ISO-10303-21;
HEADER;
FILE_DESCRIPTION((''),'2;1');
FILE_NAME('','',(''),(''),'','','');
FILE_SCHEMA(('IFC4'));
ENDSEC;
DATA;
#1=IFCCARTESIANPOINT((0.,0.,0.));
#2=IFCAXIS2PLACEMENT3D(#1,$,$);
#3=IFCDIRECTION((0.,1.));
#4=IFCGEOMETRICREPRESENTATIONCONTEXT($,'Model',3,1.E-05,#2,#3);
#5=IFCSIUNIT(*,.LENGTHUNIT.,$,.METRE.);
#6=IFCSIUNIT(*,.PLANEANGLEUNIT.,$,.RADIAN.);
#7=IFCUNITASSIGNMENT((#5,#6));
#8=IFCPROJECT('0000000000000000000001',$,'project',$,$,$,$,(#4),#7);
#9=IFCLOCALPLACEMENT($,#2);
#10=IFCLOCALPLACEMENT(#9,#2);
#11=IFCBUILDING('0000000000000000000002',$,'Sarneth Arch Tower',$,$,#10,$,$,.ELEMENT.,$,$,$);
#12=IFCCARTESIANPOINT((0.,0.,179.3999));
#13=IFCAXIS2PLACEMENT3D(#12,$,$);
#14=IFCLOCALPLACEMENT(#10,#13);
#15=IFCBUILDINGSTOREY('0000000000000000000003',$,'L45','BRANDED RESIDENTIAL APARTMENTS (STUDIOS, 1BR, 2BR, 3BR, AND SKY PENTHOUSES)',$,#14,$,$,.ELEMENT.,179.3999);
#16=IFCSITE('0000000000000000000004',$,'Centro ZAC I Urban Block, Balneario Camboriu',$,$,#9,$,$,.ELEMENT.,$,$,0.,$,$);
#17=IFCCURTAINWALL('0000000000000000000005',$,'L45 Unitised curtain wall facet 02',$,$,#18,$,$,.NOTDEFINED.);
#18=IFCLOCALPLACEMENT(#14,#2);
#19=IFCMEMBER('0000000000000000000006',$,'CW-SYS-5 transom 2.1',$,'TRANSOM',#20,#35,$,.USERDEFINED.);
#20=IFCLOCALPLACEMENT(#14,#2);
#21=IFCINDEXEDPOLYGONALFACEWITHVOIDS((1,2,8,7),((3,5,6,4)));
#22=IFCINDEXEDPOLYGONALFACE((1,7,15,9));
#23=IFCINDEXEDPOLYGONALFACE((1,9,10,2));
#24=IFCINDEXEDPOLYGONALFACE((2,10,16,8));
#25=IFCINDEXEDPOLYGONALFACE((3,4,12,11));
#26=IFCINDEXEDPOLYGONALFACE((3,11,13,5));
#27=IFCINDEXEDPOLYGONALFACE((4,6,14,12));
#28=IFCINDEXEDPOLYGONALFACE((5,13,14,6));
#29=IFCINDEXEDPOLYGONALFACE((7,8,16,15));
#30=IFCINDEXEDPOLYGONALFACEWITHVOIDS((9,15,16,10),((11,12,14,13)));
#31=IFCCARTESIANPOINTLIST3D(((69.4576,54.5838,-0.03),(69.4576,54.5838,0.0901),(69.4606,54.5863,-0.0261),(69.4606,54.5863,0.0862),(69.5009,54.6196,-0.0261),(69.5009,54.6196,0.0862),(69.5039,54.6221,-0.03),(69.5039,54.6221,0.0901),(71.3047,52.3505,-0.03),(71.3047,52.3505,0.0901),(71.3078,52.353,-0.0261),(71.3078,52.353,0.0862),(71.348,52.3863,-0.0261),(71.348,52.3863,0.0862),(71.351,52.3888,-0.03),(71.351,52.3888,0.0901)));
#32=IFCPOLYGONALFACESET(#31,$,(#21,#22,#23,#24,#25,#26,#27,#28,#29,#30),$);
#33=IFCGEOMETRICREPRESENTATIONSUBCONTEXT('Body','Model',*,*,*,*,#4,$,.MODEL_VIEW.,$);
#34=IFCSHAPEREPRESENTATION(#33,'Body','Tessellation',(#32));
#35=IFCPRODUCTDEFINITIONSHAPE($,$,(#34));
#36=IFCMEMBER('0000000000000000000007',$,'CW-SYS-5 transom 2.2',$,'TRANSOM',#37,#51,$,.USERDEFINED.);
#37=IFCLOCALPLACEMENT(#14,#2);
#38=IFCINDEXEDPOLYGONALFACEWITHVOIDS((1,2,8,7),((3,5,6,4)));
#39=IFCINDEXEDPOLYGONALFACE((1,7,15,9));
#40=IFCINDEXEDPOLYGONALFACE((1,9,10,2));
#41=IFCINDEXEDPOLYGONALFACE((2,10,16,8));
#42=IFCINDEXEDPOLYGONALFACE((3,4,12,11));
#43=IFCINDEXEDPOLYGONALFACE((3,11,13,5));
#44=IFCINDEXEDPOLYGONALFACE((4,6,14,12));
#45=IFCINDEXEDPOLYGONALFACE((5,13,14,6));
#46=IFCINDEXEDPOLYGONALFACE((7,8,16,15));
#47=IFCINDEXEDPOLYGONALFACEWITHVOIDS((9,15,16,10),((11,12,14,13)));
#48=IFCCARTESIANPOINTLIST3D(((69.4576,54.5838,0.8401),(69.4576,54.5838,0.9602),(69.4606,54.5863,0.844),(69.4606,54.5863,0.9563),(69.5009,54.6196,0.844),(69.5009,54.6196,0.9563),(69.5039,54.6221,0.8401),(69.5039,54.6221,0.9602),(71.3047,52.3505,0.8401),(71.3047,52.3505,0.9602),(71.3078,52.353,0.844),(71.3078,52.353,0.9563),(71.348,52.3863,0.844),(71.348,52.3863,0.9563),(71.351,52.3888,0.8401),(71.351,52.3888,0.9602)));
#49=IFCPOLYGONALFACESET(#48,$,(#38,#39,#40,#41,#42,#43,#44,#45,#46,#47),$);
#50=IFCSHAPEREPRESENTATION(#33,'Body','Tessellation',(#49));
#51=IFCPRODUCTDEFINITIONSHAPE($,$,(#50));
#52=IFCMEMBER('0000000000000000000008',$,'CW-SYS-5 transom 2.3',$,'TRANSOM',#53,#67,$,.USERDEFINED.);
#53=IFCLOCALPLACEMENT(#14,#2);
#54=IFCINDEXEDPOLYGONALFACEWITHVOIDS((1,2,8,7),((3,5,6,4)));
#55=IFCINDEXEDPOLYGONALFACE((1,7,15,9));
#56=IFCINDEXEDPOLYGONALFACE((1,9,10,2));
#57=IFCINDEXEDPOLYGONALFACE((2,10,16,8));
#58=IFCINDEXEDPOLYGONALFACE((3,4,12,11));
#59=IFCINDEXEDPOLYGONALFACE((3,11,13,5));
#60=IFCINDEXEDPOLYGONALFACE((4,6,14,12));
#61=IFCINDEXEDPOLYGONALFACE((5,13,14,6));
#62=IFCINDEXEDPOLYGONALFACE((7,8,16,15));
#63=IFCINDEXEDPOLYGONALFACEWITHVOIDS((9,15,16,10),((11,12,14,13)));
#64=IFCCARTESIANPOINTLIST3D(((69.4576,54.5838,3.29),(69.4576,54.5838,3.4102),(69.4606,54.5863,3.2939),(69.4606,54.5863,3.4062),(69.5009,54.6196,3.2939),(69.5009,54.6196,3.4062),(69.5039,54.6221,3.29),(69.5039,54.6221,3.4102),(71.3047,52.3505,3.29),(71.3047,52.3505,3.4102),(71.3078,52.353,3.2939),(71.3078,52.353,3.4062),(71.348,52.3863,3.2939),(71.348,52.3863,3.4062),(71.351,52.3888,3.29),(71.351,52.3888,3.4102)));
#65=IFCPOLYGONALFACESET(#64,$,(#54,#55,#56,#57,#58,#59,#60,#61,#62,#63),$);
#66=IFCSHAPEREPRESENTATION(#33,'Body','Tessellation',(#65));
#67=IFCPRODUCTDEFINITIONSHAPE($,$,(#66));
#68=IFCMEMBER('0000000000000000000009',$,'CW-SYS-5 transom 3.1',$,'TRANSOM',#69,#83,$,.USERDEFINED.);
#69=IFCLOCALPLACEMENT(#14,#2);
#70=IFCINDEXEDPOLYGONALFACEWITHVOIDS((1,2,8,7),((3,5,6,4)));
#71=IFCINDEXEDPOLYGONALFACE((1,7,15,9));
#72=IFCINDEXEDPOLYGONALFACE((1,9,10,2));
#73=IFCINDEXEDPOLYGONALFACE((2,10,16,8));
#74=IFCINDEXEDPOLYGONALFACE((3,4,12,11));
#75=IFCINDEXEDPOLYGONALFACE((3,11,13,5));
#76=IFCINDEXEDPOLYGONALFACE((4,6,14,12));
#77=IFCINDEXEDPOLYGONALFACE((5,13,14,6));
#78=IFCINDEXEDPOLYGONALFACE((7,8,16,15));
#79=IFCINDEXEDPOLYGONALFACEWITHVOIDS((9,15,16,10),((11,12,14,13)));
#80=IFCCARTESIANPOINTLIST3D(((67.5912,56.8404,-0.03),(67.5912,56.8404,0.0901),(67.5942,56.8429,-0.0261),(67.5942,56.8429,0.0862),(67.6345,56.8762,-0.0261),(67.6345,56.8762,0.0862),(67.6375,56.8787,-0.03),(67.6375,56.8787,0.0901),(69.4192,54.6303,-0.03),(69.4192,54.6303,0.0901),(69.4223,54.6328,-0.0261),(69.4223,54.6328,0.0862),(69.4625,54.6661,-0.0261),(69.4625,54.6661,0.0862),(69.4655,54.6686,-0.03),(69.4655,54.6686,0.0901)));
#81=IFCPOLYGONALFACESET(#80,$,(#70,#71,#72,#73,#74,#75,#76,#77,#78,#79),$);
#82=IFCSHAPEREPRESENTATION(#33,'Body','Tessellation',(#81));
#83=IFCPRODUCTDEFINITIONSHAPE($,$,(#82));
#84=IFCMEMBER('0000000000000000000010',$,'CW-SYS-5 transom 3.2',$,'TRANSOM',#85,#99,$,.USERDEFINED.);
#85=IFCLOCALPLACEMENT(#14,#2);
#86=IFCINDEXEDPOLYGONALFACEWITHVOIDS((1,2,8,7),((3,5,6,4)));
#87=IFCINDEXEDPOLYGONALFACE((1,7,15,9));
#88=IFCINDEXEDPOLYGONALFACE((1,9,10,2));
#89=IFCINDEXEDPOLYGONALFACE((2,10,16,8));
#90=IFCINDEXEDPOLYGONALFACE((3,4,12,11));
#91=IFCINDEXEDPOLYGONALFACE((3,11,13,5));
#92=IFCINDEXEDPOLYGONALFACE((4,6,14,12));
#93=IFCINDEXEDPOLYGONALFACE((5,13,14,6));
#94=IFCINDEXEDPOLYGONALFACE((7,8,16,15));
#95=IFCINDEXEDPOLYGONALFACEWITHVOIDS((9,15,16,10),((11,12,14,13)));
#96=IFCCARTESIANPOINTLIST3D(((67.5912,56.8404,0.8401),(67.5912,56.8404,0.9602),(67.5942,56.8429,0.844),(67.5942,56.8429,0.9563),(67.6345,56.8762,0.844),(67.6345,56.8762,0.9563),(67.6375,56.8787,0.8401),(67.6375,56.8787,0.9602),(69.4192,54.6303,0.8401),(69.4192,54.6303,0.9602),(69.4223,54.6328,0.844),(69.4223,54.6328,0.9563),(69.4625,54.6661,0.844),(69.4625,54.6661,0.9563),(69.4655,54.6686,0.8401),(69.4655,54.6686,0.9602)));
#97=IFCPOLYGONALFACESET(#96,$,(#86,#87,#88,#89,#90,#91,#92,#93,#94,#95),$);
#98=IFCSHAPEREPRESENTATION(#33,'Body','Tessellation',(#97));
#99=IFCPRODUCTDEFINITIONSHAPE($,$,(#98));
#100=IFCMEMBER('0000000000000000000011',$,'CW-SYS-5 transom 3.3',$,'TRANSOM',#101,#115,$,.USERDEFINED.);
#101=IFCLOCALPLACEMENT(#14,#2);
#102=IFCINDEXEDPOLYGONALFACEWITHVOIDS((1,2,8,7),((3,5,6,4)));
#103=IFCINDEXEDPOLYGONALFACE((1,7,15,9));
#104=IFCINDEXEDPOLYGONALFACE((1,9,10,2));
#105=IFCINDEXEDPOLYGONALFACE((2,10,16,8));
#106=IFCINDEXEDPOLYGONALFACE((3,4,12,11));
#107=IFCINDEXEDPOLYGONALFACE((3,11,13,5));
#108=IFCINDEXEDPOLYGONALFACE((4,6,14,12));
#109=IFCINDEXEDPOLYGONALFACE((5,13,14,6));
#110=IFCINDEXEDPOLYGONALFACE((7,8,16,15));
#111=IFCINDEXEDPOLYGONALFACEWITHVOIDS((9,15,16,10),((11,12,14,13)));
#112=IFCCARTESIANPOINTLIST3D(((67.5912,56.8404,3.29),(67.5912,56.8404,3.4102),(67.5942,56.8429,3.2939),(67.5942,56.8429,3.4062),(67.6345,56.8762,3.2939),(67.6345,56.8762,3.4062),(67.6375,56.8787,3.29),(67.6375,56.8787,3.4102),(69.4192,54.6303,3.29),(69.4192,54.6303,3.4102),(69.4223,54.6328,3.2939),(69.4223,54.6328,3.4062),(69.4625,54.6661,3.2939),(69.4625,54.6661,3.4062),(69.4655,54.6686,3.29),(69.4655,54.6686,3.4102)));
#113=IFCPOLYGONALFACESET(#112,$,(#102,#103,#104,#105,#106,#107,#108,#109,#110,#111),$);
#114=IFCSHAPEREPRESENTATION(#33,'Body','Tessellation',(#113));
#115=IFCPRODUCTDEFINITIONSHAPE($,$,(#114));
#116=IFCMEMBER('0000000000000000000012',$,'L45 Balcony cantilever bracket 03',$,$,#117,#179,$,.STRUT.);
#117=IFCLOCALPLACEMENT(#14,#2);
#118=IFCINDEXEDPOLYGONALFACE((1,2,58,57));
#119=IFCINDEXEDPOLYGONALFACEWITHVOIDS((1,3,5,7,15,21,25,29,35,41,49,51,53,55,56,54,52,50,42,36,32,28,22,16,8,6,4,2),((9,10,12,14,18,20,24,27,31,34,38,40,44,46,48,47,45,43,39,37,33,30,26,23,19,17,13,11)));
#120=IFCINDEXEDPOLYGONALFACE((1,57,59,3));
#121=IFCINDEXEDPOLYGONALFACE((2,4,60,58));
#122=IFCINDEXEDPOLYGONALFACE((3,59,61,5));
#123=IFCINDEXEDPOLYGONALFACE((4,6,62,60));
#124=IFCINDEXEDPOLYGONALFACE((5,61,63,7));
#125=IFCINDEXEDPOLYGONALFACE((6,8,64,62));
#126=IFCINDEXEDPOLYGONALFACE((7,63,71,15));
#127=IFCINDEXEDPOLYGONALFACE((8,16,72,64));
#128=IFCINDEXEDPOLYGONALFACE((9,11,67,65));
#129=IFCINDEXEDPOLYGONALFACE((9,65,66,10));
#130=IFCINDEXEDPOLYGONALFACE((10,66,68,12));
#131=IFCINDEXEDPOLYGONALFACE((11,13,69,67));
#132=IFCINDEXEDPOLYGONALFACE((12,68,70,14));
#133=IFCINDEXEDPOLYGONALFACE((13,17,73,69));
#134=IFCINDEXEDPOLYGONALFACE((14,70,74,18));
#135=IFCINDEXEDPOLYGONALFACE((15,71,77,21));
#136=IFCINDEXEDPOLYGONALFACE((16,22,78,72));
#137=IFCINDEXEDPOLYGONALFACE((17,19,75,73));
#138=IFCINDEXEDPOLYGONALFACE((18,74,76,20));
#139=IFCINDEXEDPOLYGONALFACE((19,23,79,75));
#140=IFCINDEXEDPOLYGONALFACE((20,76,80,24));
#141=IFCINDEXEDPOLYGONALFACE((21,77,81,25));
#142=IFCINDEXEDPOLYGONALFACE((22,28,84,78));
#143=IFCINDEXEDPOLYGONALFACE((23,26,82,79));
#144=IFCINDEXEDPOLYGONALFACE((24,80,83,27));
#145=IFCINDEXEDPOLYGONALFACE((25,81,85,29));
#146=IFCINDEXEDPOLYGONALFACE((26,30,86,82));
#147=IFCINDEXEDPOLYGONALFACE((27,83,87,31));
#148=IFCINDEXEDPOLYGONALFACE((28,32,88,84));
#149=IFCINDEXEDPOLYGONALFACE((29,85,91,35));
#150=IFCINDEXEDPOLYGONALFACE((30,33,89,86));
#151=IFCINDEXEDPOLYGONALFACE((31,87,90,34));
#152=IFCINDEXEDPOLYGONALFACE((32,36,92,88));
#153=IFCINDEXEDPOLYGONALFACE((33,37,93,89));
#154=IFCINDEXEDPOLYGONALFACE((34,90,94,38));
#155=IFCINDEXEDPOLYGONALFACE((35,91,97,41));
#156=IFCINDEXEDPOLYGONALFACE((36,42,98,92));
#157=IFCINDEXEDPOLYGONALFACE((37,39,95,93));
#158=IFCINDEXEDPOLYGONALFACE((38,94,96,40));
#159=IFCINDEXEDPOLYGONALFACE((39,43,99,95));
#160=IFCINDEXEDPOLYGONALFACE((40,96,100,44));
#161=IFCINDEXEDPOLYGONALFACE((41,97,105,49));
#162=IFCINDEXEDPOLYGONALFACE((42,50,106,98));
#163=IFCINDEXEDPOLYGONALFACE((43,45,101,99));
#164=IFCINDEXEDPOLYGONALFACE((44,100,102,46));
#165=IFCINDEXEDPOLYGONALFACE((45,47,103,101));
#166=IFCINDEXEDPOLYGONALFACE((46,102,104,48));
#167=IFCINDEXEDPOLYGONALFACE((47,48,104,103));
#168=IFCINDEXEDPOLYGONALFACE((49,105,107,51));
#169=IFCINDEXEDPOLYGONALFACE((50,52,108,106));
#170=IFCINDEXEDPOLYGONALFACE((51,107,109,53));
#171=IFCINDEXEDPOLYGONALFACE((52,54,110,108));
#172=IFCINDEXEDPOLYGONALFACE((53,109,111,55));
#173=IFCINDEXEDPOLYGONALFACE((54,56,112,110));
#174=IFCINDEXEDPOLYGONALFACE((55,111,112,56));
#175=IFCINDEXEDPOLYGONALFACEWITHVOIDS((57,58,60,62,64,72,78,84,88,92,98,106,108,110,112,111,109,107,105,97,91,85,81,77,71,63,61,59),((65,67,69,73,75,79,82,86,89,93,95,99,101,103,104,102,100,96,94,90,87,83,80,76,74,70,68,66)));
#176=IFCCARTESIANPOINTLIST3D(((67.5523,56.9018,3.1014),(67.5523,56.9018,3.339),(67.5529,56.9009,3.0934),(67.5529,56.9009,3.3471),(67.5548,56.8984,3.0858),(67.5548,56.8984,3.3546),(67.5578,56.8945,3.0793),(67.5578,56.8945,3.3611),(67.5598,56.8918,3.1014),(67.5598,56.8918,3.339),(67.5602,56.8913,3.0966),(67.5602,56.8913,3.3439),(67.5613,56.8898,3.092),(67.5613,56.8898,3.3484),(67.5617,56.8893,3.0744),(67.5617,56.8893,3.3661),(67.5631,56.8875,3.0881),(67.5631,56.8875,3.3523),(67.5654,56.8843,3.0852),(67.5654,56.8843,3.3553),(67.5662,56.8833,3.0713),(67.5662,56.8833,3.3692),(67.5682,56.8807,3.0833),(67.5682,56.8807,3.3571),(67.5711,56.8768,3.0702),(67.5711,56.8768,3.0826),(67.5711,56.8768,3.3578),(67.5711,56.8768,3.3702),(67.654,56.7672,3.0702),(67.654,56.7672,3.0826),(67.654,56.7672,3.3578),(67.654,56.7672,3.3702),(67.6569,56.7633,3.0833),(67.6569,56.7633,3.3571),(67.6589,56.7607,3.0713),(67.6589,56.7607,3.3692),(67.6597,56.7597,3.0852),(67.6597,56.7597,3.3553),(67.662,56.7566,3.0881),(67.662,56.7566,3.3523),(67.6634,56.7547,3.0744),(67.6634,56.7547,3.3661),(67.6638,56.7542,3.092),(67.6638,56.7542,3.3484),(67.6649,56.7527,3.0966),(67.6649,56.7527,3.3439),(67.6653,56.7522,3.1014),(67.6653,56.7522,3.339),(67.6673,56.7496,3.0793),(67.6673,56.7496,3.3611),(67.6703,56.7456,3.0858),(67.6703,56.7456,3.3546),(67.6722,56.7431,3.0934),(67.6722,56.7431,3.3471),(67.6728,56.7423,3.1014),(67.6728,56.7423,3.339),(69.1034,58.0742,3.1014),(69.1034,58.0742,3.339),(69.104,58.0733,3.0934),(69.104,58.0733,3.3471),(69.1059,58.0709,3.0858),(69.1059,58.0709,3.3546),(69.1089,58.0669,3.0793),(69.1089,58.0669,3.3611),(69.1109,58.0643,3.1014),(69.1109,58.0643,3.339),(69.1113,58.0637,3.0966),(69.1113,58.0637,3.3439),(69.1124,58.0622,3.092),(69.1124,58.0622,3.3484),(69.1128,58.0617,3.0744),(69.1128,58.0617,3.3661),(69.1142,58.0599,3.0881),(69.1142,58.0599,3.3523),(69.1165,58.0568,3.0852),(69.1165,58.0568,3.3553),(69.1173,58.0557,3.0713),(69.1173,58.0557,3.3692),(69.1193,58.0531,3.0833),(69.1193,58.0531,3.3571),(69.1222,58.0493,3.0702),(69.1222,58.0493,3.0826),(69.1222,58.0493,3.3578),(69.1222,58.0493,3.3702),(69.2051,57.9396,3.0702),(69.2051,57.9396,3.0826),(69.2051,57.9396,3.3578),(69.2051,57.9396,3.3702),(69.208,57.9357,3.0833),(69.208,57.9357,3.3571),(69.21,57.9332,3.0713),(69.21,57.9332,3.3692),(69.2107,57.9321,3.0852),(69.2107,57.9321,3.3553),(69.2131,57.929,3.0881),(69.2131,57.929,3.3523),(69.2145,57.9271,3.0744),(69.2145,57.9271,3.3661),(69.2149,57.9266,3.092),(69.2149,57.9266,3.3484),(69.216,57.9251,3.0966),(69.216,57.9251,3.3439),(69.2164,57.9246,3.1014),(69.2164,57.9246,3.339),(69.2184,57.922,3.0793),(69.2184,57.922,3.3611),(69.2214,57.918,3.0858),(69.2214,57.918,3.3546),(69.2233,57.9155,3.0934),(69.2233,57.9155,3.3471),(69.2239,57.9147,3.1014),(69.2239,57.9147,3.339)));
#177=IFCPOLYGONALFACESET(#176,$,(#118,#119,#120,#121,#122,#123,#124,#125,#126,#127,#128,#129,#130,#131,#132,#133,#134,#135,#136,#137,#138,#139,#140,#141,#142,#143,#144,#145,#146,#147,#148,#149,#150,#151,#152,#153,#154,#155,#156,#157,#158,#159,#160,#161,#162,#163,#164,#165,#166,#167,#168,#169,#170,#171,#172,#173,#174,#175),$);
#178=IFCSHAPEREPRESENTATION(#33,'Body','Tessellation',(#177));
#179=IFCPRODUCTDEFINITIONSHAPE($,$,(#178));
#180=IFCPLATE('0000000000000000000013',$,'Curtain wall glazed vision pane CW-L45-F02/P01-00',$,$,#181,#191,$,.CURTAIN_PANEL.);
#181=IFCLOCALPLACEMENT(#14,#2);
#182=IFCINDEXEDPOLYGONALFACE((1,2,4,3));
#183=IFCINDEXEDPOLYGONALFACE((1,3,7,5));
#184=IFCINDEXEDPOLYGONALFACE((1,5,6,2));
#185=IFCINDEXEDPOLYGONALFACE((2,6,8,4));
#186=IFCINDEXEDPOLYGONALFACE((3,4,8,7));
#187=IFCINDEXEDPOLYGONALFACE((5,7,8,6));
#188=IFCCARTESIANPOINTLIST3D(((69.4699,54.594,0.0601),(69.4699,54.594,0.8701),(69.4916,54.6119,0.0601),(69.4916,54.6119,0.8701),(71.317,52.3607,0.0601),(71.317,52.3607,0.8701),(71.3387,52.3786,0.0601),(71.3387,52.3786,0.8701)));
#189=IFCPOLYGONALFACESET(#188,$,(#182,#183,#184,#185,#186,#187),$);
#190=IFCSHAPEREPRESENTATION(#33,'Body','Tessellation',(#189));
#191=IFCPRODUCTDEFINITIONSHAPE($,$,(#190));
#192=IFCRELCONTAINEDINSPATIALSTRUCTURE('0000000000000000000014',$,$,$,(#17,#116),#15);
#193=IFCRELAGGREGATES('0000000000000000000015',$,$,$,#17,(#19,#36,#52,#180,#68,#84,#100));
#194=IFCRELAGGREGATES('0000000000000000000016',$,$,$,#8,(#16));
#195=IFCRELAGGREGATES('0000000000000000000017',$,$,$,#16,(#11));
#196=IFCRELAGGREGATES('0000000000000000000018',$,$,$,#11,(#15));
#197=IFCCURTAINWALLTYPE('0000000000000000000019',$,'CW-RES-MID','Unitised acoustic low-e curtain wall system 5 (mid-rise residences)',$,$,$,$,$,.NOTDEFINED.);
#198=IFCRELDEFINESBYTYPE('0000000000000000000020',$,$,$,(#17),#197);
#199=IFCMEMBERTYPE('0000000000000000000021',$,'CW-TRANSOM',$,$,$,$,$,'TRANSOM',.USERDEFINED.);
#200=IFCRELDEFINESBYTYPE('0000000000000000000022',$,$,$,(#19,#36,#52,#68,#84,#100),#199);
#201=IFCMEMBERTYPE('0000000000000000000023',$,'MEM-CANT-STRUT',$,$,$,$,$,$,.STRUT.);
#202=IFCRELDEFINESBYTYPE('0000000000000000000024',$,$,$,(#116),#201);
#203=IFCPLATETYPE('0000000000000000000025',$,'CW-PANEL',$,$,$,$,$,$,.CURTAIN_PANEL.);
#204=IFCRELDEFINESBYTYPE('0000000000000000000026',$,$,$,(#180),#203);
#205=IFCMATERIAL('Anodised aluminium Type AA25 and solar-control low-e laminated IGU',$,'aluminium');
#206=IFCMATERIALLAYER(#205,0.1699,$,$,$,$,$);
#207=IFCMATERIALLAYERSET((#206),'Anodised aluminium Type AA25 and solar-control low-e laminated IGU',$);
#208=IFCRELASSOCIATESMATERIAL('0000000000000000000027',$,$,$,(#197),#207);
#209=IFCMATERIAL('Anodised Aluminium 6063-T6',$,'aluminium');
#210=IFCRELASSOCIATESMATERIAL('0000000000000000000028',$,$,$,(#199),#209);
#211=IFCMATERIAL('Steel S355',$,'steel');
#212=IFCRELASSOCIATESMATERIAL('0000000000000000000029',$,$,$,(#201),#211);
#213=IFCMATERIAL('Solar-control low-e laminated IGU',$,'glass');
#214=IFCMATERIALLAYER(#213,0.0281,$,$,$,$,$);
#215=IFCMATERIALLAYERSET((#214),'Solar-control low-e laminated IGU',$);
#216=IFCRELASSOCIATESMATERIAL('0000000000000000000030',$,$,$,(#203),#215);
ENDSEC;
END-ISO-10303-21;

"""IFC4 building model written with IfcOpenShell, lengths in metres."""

from ifc_helpers import new_model, si_unit, direction, frame, origin, origin_2d, place, context, subcontext, project, spatial, rectangle, hollow_rectangle, extrude, material, layer, layer_set, material_profile, profile_set, type_object, element, aggregate, save


model = new_model("IFC4")

# Units and contexts
model_context = context("Model", 3, precision=1e-05, world=origin(), true_north=direction((0.0, 1.0)))
body_context = subcontext(model_context, "Body", "Model", "MODEL_VIEW")
ifc_project = project(units=[si_unit("LENGTHUNIT", "METRE"), si_unit("PLANEANGLEUNIT", "RADIAN")], contexts=[model_context])

# Site, building, storey
site_placement = place(None, origin())
site = spatial("IfcSite", under=ifc_project, at=site_placement, Name="Centro ZAC I Urban Block, Balneario Camboriu", CompositionType="ELEMENT", RefElevation=0.0)
building_placement = place(site_placement, origin())
building = spatial("IfcBuilding", under=site, at=building_placement, Name="Sarneth Arch Tower", CompositionType="ELEMENT")
storey_placement = place(building_placement, frame((0.0, 0.0, 179.3999)))
storey = spatial("IfcBuildingStorey", under=building, at=storey_placement, Name="L45", Description="BRANDED RESIDENTIAL APARTMENTS (STUDIOS, 1BR, 2BR, 3BR, AND SKY PENTHOUSES)", CompositionType="ELEMENT", Elevation=179.3999)

# Curtain wall, members
ifc_material_1 = material(Name="Anodised aluminium Type AA25 and solar-control low-e laminated IGU", Category="aluminium")
ifc_layer_1 = layer(ifc_material_1, 0.1699)
ifc_layer_set_1 = layer_set([ifc_layer_1], Name="Anodised aluminium Type AA25 and solar-control low-e laminated IGU")
curtain_wall_type = type_object("IfcCurtainWallType", Name="CW-RES-MID", Description="Unitised acoustic low-e curtain wall system 5 (mid-rise residences)", PredefinedType="NOTDEFINED", material=ifc_layer_set_1)
curtain_wall_placement = place(storey_placement, origin())
curtain_wall = element("IfcCurtainWall", 1, at=curtain_wall_placement, inside=storey, type_object=curtain_wall_type, Name="L45 Unitised curtain wall facet 02", PredefinedType="NOTDEFINED")
ifc_material_2 = material(Name="Anodised Aluminium 6063-T6", Category="aluminium")
ifc_material_profile_1 = material_profile(ifc_material_2, hollow_rectangle(XDim=0.0601, YDim=0.1201, WallThickness=0.0039, at=origin_2d()), Name="AL-TRAN-120x60x4")
ifc_profile_set_1 = profile_set([ifc_material_profile_1], Name="Anodised Aluminium 6063-T6")
member_type_1 = type_object("IfcMemberType", Name="CW-TRANSOM", ElementType="TRANSOM", PredefinedType="USERDEFINED", material=ifc_profile_set_1)
member_1_placement = place(storey_placement, frame((71.3279, 52.3696, 0.03), z_axis=(-0.63733, 0.770591, 0.0), x_axis=(-0.770591, -0.63733, 0.0)))
member_1 = element("IfcMember", 2, at=member_1_placement, type_object=member_type_1, Name="CW-SYS-5 transom 2.1", ObjectType="TRANSOM", PredefinedType="USERDEFINED", context=body_context, shape_type="SweptSolid", body=[
    extrude(hollow_rectangle(XDim=0.0601, YDim=0.1201, WallThickness=0.0039, at=origin_2d()), origin(), (0.0, 0.0, 1.0), 2.8982),
])
member_2_placement = place(storey_placement, frame((71.3279, 52.3696, 0.9001), z_axis=(-0.63733, 0.770591, 0.0), x_axis=(-0.770591, -0.63733, 0.0)))
member_2 = element("IfcMember", 3, at=member_2_placement, type_object=member_type_1, Name="CW-SYS-5 transom 2.2", ObjectType="TRANSOM", PredefinedType="USERDEFINED", context=body_context, shape_type="SweptSolid", body=[
    extrude(hollow_rectangle(XDim=0.0601, YDim=0.1201, WallThickness=0.0039, at=origin_2d()), origin(), (0.0, 0.0, 1.0), 2.8982),
])
member_3_placement = place(storey_placement, frame((71.3279, 52.3696, 3.3501), z_axis=(-0.63733, 0.770591, 0.0), x_axis=(-0.770591, -0.63733, 0.0)))
member_3 = element("IfcMember", 4, at=member_3_placement, type_object=member_type_1, Name="CW-SYS-5 transom 2.3", ObjectType="TRANSOM", PredefinedType="USERDEFINED", context=body_context, shape_type="SweptSolid", body=[
    extrude(hollow_rectangle(XDim=0.0601, YDim=0.1201, WallThickness=0.0039, at=origin_2d()), origin(), (0.0, 0.0, 1.0), 2.8982),
])
member_4_placement = place(storey_placement, frame((69.4424, 54.6494, 0.03), z_axis=(-0.637359, 0.770567, 0.0), x_axis=(-0.770567, -0.637359, 0.0)))
member_4 = element("IfcMember", 5, at=member_4_placement, type_object=member_type_1, Name="CW-SYS-5 transom 3.1", ObjectType="TRANSOM", PredefinedType="USERDEFINED", context=body_context, shape_type="SweptSolid", body=[
    extrude(hollow_rectangle(XDim=0.0601, YDim=0.1201, WallThickness=0.0039, at=origin_2d()), origin(), (0.0, 0.0, 1.0), 2.8682),
])
member_5_placement = place(storey_placement, frame((69.4424, 54.6494, 0.9001), z_axis=(-0.637359, 0.770567, 0.0), x_axis=(-0.770567, -0.637359, 0.0)))
member_5 = element("IfcMember", 6, at=member_5_placement, type_object=member_type_1, Name="CW-SYS-5 transom 3.2", ObjectType="TRANSOM", PredefinedType="USERDEFINED", context=body_context, shape_type="SweptSolid", body=[
    extrude(hollow_rectangle(XDim=0.0601, YDim=0.1201, WallThickness=0.0039, at=origin_2d()), origin(), (0.0, 0.0, 1.0), 2.8682),
])
member_6_placement = place(storey_placement, frame((69.4424, 54.6494, 3.3501), z_axis=(-0.637359, 0.770567, 0.0), x_axis=(-0.770567, -0.637359, 0.0)))
member_6 = element("IfcMember", 7, at=member_6_placement, type_object=member_type_1, Name="CW-SYS-5 transom 3.3", ObjectType="TRANSOM", PredefinedType="USERDEFINED", context=body_context, shape_type="SweptSolid", body=[
    extrude(hollow_rectangle(XDim=0.0601, YDim=0.1201, WallThickness=0.0039, at=origin_2d()), origin(), (0.0, 0.0, 1.0), 2.8682),
])

# Member
ifc_material_3 = material(Name="Steel S355", Category="steel")
ifc_material_profile_2 = material_profile(ifc_material_3, hollow_rectangle(XDim=0.2, YDim=0.3, WallThickness=0.0125, InnerFilletRadius=0.0188, OuterFilletRadius=0.0312, at=origin_2d()), Name="RHS300x200x12.5")
ifc_profile_set_2 = profile_set([ifc_material_profile_2], Name="Steel S355")
member_type_2 = type_object("IfcMemberType", Name="MEM-CANT-STRUT", PredefinedType="STRUT", material=ifc_profile_set_2)
member_7_placement = place(storey_placement, frame((67.6125, 56.822, 3.2202), z_axis=(0.797749, 0.602989, 0.0), x_axis=(-0.602989, 0.797749, 0.0)))
element("IfcMember", 8, at=member_7_placement, inside=storey, type_object=member_type_2, Name="L45 Balcony cantilever bracket 03", PredefinedType="STRUT", context=body_context, shape_type="SweptSolid", body=[
    extrude(hollow_rectangle(XDim=0.2, YDim=0.3, WallThickness=0.0125, InnerFilletRadius=0.0188, OuterFilletRadius=0.0312, at=origin_2d()), origin(), (0.0, 0.0, 1.0), 1.9443),
])

# Plate
ifc_material_4 = material(Name="Solar-control low-e laminated IGU", Category="glass")
ifc_layer_2 = layer(ifc_material_4, 0.0281)
ifc_layer_set_2 = layer_set([ifc_layer_2], Name="Solar-control low-e laminated IGU")
plate_type_1 = type_object("IfcPlateType", Name="CW-PANEL", PredefinedType="CURTAIN_PANEL", material=ifc_layer_set_2)
plate_1_placement = place(storey_placement, frame((70.4043, 53.4863, 0.0601), z_axis=(0.0, 0.0, 1.0), x_axis=(-0.63733, 0.770591, 0.0)))
plate_1 = element("IfcPlate", 9, at=plate_1_placement, type_object=plate_type_1, Name="Curtain wall glazed vision pane CW-L45-F02/P01-00", PredefinedType="CURTAIN_PANEL", context=body_context, shape_type="SweptSolid", body=[
    extrude(rectangle(XDim=2.8982, YDim=0.0281, at=origin_2d()), origin(), (0.0, 0.0, 1.0), 0.8101),
])
aggregate(curtain_wall, [member_1, member_2, member_3, plate_1, member_4, member_5, member_6])

save(model, "model.ifc")
